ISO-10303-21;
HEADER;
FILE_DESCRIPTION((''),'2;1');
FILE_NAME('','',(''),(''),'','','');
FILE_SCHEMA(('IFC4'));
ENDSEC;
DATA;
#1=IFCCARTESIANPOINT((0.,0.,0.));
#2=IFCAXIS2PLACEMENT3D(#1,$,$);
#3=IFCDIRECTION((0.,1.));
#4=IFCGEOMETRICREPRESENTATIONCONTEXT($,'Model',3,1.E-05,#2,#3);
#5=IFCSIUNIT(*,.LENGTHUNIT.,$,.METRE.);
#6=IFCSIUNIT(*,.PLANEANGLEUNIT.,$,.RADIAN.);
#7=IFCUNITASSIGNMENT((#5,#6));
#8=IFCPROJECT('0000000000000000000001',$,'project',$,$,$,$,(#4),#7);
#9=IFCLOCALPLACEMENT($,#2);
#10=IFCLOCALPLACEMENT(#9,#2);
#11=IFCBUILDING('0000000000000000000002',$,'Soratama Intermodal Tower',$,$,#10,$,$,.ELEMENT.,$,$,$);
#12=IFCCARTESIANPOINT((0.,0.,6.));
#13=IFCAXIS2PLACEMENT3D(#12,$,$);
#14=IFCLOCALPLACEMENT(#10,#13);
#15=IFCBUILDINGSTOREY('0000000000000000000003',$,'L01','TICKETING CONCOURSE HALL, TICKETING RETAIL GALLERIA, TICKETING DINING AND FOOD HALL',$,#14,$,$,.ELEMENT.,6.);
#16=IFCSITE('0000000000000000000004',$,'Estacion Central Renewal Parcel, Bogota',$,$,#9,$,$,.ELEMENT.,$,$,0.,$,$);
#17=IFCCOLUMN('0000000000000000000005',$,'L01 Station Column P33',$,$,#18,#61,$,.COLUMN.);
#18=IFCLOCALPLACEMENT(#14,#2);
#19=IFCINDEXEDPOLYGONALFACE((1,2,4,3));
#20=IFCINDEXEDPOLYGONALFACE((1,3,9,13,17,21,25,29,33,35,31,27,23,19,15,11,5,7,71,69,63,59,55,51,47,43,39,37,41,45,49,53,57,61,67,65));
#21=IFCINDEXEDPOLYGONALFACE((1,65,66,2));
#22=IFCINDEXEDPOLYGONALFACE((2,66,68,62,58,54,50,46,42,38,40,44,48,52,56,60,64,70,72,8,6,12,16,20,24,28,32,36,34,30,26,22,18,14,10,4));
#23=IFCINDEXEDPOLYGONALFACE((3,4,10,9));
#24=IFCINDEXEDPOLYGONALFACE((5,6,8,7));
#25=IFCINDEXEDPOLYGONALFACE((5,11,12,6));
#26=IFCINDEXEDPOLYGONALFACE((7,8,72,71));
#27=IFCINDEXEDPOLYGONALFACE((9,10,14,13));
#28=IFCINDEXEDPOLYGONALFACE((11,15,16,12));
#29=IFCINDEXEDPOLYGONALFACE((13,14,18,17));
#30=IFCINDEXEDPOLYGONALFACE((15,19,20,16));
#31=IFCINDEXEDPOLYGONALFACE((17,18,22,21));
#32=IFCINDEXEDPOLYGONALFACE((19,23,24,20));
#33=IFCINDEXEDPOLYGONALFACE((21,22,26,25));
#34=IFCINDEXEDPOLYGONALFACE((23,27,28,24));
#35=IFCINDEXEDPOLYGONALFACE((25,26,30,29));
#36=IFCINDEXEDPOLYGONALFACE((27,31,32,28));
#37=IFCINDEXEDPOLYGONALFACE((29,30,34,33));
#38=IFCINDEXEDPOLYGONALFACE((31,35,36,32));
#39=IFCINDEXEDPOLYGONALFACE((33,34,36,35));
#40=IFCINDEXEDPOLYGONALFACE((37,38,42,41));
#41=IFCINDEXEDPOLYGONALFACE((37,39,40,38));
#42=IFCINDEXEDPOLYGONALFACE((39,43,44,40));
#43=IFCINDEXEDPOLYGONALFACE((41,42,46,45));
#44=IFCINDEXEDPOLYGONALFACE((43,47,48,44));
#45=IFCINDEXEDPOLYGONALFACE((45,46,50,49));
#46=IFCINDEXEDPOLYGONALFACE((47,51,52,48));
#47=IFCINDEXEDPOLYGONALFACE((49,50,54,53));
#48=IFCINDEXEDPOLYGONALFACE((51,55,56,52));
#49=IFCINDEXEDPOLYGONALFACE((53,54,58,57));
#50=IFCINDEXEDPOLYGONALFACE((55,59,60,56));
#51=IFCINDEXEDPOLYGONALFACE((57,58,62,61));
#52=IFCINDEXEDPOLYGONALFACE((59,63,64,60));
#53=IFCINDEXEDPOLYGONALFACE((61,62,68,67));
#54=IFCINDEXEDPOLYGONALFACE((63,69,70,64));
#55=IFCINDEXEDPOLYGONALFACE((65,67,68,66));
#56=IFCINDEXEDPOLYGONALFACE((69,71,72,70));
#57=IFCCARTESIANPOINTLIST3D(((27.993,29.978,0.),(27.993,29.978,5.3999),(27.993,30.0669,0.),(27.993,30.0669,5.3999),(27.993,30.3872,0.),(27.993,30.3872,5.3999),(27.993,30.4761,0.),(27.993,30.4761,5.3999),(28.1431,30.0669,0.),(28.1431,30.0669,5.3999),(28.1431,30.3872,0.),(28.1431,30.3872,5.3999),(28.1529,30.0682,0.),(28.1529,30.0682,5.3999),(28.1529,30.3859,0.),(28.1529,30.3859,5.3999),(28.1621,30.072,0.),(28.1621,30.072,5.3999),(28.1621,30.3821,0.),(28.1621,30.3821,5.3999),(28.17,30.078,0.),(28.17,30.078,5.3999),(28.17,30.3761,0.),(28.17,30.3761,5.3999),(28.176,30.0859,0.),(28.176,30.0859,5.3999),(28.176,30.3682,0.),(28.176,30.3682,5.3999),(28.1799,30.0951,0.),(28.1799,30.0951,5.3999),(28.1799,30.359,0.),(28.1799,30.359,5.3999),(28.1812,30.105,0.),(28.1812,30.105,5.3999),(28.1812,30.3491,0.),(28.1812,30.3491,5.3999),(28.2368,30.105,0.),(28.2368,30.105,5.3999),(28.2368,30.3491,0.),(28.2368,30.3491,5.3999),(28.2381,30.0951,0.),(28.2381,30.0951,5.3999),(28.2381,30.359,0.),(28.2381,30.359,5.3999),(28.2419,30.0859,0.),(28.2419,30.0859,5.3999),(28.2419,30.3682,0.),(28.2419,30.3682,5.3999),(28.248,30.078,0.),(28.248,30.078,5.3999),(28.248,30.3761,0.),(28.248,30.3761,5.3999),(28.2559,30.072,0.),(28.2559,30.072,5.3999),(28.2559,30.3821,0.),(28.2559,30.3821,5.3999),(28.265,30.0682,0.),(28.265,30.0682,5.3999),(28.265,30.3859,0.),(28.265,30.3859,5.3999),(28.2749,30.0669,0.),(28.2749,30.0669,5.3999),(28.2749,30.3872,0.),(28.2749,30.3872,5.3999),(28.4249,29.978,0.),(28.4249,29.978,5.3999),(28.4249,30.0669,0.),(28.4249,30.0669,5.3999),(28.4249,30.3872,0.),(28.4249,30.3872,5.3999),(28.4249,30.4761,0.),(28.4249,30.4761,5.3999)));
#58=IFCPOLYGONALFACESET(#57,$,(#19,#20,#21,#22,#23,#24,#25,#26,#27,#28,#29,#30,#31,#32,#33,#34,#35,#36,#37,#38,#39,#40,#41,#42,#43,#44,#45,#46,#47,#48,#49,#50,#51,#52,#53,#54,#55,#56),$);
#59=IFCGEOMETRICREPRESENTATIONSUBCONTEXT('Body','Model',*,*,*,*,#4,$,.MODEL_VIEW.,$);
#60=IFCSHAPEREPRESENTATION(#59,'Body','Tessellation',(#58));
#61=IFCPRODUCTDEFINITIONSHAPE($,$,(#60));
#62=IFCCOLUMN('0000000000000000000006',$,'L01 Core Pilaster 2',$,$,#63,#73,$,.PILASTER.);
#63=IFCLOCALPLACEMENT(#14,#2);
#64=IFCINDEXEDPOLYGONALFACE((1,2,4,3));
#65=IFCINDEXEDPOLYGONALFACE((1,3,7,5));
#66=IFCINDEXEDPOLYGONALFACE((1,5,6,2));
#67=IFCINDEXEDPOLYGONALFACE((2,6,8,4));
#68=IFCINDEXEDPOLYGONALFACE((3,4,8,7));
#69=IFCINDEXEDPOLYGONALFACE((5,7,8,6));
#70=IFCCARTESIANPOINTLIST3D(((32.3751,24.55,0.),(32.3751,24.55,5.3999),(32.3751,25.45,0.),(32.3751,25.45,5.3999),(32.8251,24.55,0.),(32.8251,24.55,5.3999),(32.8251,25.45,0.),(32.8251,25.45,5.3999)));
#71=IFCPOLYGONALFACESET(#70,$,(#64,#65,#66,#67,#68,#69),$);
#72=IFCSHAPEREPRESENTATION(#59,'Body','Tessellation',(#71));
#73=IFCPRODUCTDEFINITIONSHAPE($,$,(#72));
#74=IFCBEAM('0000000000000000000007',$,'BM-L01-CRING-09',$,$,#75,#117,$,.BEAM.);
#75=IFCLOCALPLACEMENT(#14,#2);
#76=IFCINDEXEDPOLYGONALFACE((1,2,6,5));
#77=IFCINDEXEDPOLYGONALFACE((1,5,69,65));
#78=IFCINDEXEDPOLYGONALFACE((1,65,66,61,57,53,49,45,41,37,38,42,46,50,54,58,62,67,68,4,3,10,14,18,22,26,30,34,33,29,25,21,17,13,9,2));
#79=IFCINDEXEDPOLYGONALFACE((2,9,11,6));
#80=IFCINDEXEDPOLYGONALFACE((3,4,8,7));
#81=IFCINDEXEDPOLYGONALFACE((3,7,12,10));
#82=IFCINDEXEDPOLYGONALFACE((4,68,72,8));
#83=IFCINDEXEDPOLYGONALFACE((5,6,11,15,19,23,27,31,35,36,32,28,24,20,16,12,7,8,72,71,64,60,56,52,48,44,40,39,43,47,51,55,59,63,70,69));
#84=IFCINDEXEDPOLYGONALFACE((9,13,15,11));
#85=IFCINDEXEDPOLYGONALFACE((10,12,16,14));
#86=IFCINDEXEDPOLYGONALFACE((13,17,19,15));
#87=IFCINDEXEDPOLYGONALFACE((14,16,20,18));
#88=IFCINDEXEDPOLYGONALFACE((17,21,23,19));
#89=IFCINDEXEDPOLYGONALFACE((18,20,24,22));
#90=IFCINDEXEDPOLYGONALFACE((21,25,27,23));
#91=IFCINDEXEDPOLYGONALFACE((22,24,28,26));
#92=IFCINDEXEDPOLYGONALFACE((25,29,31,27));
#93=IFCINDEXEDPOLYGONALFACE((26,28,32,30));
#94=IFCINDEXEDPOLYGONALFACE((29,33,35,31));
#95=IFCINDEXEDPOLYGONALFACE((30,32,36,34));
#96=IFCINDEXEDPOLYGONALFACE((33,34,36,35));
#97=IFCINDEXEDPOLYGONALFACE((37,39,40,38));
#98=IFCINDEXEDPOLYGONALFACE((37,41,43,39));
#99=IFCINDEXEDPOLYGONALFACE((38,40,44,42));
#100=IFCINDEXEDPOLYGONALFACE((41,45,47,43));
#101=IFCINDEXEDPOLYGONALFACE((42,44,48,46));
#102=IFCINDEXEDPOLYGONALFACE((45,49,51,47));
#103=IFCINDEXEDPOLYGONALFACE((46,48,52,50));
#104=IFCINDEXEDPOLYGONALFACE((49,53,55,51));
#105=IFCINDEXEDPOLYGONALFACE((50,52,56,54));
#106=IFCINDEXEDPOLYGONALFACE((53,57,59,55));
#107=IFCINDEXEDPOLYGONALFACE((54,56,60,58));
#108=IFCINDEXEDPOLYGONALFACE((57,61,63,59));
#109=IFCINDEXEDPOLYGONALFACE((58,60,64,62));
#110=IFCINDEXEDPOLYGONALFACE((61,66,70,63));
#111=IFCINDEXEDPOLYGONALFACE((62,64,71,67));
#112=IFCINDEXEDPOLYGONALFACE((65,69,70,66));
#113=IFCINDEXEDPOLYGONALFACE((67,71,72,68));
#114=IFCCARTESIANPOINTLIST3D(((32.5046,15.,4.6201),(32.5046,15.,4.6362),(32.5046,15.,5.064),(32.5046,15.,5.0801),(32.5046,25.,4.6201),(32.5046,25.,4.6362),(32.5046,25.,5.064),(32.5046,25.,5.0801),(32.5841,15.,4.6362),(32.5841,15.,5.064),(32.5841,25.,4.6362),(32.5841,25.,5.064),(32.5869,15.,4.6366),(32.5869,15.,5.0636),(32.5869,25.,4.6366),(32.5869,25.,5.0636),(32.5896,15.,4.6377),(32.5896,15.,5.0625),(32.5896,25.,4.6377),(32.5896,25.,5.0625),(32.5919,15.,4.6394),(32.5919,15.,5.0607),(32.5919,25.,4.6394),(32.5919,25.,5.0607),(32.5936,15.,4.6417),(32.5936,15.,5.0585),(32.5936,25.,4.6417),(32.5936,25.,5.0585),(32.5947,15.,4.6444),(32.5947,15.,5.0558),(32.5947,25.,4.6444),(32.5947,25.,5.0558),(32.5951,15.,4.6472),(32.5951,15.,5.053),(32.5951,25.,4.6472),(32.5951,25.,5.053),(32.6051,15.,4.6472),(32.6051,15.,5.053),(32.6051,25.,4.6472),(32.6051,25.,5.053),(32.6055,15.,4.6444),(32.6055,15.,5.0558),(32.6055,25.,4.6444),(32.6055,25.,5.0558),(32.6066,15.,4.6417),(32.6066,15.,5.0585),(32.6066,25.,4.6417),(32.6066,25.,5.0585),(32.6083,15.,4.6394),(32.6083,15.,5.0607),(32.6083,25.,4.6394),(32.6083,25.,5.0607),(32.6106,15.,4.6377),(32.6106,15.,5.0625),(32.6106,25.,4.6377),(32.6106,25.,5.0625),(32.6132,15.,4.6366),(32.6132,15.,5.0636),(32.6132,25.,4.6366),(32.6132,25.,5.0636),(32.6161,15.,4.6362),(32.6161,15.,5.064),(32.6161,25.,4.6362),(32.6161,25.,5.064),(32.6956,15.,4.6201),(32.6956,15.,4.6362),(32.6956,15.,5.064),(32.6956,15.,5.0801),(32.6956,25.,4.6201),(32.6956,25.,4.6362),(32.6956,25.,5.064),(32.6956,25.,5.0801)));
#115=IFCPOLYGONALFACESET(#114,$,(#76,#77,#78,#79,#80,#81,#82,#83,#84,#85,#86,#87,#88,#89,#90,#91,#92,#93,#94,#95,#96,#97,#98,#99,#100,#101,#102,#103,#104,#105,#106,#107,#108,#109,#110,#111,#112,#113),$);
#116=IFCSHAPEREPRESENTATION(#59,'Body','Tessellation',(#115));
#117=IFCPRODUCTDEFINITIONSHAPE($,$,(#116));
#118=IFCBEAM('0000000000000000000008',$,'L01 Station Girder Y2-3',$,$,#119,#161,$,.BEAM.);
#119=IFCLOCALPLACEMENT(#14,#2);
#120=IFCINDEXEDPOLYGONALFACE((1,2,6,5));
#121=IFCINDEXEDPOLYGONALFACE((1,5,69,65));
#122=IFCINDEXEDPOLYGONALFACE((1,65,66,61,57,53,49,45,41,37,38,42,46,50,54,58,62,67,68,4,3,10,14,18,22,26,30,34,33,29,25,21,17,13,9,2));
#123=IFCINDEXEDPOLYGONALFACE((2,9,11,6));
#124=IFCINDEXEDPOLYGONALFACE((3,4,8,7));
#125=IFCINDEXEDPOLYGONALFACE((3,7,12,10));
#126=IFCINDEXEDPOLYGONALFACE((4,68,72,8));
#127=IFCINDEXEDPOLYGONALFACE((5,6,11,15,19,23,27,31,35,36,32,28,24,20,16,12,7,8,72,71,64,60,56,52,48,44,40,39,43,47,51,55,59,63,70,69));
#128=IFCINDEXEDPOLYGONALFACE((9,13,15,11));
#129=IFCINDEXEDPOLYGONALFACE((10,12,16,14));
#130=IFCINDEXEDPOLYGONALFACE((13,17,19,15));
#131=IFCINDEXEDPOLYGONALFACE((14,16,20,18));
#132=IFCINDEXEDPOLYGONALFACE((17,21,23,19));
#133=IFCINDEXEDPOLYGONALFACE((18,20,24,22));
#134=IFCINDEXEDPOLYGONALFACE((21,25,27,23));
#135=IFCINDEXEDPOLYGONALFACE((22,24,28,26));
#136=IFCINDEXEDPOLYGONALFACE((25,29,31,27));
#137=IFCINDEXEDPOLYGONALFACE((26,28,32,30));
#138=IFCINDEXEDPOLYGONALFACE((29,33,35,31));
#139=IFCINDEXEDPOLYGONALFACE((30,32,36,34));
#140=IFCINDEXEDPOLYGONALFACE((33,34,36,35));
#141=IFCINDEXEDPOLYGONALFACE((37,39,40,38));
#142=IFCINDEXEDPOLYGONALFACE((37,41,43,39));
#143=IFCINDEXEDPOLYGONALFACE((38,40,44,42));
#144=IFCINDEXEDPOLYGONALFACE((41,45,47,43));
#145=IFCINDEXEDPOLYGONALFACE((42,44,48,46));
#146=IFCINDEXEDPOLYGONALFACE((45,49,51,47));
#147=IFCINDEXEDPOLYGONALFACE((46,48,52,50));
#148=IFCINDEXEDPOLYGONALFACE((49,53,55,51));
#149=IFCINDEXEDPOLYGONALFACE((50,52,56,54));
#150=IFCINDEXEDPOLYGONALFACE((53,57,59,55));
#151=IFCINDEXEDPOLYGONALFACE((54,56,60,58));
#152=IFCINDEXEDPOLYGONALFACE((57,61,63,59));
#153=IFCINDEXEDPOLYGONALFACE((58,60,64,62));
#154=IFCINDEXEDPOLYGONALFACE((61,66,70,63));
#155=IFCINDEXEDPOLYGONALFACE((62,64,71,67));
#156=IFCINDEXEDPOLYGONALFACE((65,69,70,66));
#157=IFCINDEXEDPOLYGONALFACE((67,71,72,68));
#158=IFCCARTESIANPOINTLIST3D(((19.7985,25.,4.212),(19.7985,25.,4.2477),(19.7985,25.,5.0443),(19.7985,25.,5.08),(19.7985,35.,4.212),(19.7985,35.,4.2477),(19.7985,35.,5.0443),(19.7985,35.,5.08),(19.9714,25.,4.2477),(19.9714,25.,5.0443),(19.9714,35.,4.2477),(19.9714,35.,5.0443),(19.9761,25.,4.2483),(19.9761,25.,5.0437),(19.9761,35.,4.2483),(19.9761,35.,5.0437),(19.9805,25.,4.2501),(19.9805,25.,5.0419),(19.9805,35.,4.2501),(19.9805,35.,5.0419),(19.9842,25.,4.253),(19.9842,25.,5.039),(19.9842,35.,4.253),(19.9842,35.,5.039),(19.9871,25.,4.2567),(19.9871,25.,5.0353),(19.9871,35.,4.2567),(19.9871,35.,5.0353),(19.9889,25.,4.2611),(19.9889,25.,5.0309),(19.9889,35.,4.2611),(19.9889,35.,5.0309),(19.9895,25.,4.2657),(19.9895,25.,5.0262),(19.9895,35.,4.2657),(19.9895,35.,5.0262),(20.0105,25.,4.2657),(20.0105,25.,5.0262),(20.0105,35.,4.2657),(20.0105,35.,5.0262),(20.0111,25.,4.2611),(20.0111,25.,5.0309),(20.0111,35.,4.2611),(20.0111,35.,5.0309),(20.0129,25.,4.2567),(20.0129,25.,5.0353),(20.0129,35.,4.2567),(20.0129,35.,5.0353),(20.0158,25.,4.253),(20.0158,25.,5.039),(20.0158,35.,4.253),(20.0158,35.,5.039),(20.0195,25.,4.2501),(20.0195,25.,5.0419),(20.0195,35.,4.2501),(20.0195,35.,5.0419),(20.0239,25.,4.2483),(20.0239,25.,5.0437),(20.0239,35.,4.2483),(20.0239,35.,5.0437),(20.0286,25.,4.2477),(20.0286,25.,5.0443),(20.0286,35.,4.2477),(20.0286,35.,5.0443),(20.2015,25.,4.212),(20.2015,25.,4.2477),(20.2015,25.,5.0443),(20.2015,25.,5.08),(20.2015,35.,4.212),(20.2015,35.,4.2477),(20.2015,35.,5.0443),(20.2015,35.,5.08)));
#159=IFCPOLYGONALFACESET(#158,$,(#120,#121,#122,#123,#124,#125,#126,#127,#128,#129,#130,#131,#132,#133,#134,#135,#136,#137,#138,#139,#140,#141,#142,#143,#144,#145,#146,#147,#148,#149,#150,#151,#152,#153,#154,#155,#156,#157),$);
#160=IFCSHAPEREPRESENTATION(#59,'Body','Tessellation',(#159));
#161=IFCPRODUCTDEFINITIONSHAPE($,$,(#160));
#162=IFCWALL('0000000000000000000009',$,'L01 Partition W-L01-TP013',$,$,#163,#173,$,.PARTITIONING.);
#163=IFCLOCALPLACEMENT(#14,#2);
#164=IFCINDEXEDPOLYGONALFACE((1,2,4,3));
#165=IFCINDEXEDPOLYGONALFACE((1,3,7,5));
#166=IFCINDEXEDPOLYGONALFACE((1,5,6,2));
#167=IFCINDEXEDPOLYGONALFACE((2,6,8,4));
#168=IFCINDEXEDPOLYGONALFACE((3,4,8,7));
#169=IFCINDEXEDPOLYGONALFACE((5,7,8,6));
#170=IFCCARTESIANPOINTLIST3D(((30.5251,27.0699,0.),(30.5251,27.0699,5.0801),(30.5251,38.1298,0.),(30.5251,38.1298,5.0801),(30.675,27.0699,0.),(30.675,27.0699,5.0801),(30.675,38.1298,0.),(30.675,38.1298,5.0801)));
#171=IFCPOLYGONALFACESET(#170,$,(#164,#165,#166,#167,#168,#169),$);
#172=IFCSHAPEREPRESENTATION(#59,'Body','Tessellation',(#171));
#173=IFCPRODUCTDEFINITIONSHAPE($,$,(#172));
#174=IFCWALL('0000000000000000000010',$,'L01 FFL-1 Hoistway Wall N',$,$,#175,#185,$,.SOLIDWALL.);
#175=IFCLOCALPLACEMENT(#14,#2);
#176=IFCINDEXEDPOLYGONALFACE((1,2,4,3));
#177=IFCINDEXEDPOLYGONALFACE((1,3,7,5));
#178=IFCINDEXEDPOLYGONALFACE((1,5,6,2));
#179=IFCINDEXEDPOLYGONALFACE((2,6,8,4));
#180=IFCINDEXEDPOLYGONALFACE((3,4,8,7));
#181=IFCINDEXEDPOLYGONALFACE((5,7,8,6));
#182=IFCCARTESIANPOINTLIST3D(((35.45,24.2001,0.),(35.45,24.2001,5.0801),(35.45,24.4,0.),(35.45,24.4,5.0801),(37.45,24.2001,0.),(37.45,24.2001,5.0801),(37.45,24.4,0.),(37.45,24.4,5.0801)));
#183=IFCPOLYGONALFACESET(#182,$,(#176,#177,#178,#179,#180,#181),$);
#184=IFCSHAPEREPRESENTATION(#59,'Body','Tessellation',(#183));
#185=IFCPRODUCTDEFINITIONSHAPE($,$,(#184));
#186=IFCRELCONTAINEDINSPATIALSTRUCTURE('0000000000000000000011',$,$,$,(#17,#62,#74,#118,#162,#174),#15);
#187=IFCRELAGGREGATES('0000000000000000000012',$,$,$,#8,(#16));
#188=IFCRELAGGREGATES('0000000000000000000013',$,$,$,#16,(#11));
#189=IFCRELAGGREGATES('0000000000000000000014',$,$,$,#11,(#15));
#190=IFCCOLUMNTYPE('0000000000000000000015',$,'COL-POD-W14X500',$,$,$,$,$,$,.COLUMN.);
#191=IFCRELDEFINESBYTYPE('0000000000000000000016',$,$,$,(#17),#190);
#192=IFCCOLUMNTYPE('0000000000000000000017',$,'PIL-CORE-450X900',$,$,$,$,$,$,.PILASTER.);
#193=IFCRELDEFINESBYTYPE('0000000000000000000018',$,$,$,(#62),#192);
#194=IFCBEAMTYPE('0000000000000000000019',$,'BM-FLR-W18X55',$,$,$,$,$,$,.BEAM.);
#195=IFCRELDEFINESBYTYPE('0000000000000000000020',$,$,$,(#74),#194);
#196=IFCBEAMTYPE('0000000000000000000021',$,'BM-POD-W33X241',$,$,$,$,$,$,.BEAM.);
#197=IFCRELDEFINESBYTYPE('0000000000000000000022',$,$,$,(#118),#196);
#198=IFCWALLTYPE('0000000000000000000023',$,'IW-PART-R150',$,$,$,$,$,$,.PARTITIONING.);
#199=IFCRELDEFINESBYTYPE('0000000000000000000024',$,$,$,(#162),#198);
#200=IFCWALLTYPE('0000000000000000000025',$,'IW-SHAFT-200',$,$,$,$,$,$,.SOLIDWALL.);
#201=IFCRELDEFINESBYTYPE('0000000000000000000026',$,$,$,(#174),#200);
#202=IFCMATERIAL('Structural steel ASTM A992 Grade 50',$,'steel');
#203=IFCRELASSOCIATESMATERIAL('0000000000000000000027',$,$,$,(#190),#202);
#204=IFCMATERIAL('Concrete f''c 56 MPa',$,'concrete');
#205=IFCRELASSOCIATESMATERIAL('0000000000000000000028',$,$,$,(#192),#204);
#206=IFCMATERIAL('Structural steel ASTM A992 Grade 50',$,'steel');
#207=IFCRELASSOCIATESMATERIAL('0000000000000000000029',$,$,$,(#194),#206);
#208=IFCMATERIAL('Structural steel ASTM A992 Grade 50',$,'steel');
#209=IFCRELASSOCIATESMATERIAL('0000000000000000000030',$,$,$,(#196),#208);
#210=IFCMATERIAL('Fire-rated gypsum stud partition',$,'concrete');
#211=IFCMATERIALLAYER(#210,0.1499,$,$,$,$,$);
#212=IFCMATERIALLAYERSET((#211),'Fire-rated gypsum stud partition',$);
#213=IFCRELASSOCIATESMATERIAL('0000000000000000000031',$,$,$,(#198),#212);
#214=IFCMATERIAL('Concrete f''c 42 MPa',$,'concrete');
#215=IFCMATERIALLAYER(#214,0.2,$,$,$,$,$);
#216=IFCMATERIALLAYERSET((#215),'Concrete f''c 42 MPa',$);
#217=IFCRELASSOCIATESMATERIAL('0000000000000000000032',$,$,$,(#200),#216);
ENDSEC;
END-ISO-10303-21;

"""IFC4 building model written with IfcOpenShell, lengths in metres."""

from ifc_helpers import new_model, si_unit, direction, frame, frame_2d, origin, origin_2d, place, context, subcontext, project, spatial, rectangle, i_section, extrude, material, layer, layer_set, material_profile, profile_set, type_object, element, save


model = new_model("IFC4")

# Units and contexts
model_context = context("Model", 3, precision=1e-05, world=origin(), true_north=direction((0.0, 1.0)))
body_context = subcontext(model_context, "Body", "Model", "MODEL_VIEW")
ifc_project = project(units=[si_unit("LENGTHUNIT", "METRE"), si_unit("PLANEANGLEUNIT", "RADIAN")], contexts=[model_context])

# Site, building, storey
site_placement = place(None, origin())
site = spatial("IfcSite", under=ifc_project, at=site_placement, Name="Estacion Central Renewal Parcel, Bogota", CompositionType="ELEMENT", RefElevation=0.0)
building_placement = place(site_placement, origin())
building = spatial("IfcBuilding", under=site, at=building_placement, Name="Soratama Intermodal Tower", CompositionType="ELEMENT")
storey_placement = place(building_placement, frame((0.0, 0.0, 6.0)))
storey = spatial("IfcBuildingStorey", under=building, at=storey_placement, Name="L01", Description="TICKETING CONCOURSE HALL, TICKETING RETAIL GALLERIA, TICKETING DINING AND FOOD HALL", CompositionType="ELEMENT", Elevation=6.0)

# Columns
ifc_material_1 = material(Name="Structural steel ASTM A992 Grade 50", Category="steel")
ifc_material_profile_1 = material_profile(ifc_material_1, i_section(OverallWidth=0.4319, OverallDepth=0.498, WebThickness=0.0557, FlangeThickness=0.0889, FilletRadius=0.0381, at=origin_2d()), Name="W14X500")
ifc_profile_set_1 = profile_set([ifc_material_profile_1], Name="Structural steel ASTM A992 Grade 50")
column_type_1 = type_object("IfcColumnType", Name="COL-POD-W14X500", PredefinedType="COLUMN", material=ifc_profile_set_1)
column_1_placement = place(storey_placement, frame((28.209, 30.2271, 0.0), z_axis=(0.0, 0.0, 1.0), x_axis=(1.0, 0.0, 0.0)))
element("IfcColumn", 1, at=column_1_placement, inside=storey, type_object=column_type_1, Name="L01 Station Column P33", PredefinedType="COLUMN", context=body_context, shape_type="SweptSolid", body=[
    extrude(i_section(OverallWidth=0.4319, OverallDepth=0.498, WebThickness=0.0557, FlangeThickness=0.0889, FilletRadius=0.0381, at=origin_2d()), origin(), (0.0, 0.0, 1.0), 5.3999),
])
ifc_material_2 = material(Name="Concrete f'c 56 MPa", Category="concrete")
ifc_material_profile_2 = material_profile(ifc_material_2, rectangle(XDim=0.45, YDim=0.8999, at=origin_2d()), Name="RC450X900")
ifc_profile_set_2 = profile_set([ifc_material_profile_2], Name="Concrete f'c 56 MPa")
column_type_2 = type_object("IfcColumnType", Name="PIL-CORE-450X900", PredefinedType="PILASTER", material=ifc_profile_set_2)
column_2_placement = place(storey_placement, frame((32.6001, 25.0, 0.0), z_axis=(0.0, 0.0, 1.0), x_axis=(1.0, 0.0, 0.0)))
element("IfcColumn", 2, at=column_2_placement, inside=storey, type_object=column_type_2, Name="L01 Core Pilaster 2", PredefinedType="PILASTER", context=body_context, shape_type="SweptSolid", body=[
    extrude(rectangle(XDim=0.45, YDim=0.8999, at=origin_2d()), origin(), (0.0, 0.0, 1.0), 5.3999),
])

# Beams
ifc_material_3 = material(Name="Structural steel ASTM A992 Grade 50", Category="steel")
ifc_material_profile_3 = material_profile(ifc_material_3, i_section(OverallWidth=0.1909, OverallDepth=0.46, WebThickness=0.01, FlangeThickness=0.0161, FilletRadius=0.011, at=origin_2d()), Name="W18X55")
ifc_profile_set_3 = profile_set([ifc_material_profile_3], Name="Structural steel ASTM A992 Grade 50")
beam_type_1 = type_object("IfcBeamType", Name="BM-FLR-W18X55", PredefinedType="BEAM", material=ifc_profile_set_3)
beam_1_placement = place(storey_placement, frame((32.6001, 25.0, 4.8501), z_axis=(0.0, -1.0, 0.0), x_axis=(1.0, 0.0, 0.0)))
element("IfcBeam", 3, at=beam_1_placement, inside=storey, type_object=beam_type_1, Name="BM-L01-CRING-09", PredefinedType="BEAM", context=body_context, shape_type="SweptSolid", body=[
    extrude(i_section(OverallWidth=0.1909, OverallDepth=0.46, WebThickness=0.01, FlangeThickness=0.0161, FilletRadius=0.011, at=origin_2d()), origin(), (0.0, 0.0, 1.0), 10.0),
])
ifc_material_4 = material(Name="Structural steel ASTM A992 Grade 50", Category="steel")
ifc_material_profile_4 = material_profile(ifc_material_4, i_section(OverallWidth=0.4031, OverallDepth=0.8679, WebThickness=0.021, FlangeThickness=0.0356, FilletRadius=0.0181, at=origin_2d()), Name="W33X241")
ifc_profile_set_4 = profile_set([ifc_material_profile_4], Name="Structural steel ASTM A992 Grade 50")
beam_type_2 = type_object("IfcBeamType", Name="BM-POD-W33X241", PredefinedType="BEAM", material=ifc_profile_set_4)
beam_2_placement = place(storey_placement, frame((20.0, 25.0, 4.646), z_axis=(0.0, 1.0, 0.0), x_axis=(-1.0, 0.0, 0.0)))
element("IfcBeam", 4, at=beam_2_placement, inside=storey, type_object=beam_type_2, Name="L01 Station Girder Y2-3", PredefinedType="BEAM", context=body_context, shape_type="SweptSolid", body=[
    extrude(i_section(OverallWidth=0.4031, OverallDepth=0.8679, WebThickness=0.021, FlangeThickness=0.0356, FilletRadius=0.0181, at=origin_2d()), origin(), (0.0, 0.0, 1.0), 10.0),
])

# Walls
ifc_material_5 = material(Name="Fire-rated gypsum stud partition", Category="concrete")
ifc_layer_1 = layer(ifc_material_5, 0.1499)
ifc_layer_set_1 = layer_set([ifc_layer_1], Name="Fire-rated gypsum stud partition")
wall_type_1 = type_object("IfcWallType", Name="IW-PART-R150", PredefinedType="PARTITIONING", material=ifc_layer_set_1)
wall_1_placement = place(storey_placement, frame((30.6001, 27.0701, 0.0), z_axis=(0.0, 0.0, 1.0), x_axis=(0.0, 1.0, 0.0)))
element("IfcWall", 5, at=wall_1_placement, inside=storey, type_object=wall_type_1, Name="L01 Partition W-L01-TP013", PredefinedType="PARTITIONING", context=body_context, shape_type="SweptSolid", body=[
    extrude(rectangle(XDim=11.0598, YDim=0.1499, at=frame_2d((5.5298, 0.0))), origin(), (0.0, 0.0, 1.0), 5.0801),
])
ifc_material_6 = material(Name="Concrete f'c 42 MPa", Category="concrete")
ifc_layer_2 = layer(ifc_material_6, 0.2)
ifc_layer_set_2 = layer_set([ifc_layer_2], Name="Concrete f'c 42 MPa")
wall_type_2 = type_object("IfcWallType", Name="IW-SHAFT-200", PredefinedType="SOLIDWALL", material=ifc_layer_set_2)
wall_2_placement = place(storey_placement, frame((35.45, 24.3, 0.0), z_axis=(0.0, 0.0, 1.0), x_axis=(1.0, 0.0, 0.0)))
element("IfcWall", 6, at=wall_2_placement, inside=storey, type_object=wall_type_2, Name="L01 FFL-1 Hoistway Wall N", PredefinedType="SOLIDWALL", context=body_context, shape_type="SweptSolid", body=[
    extrude(rectangle(XDim=2.0, YDim=0.2, at=frame_2d((1.0, 0.0))), origin(), (0.0, 0.0, 1.0), 5.0801),
])

save(model, "model.ifc")
